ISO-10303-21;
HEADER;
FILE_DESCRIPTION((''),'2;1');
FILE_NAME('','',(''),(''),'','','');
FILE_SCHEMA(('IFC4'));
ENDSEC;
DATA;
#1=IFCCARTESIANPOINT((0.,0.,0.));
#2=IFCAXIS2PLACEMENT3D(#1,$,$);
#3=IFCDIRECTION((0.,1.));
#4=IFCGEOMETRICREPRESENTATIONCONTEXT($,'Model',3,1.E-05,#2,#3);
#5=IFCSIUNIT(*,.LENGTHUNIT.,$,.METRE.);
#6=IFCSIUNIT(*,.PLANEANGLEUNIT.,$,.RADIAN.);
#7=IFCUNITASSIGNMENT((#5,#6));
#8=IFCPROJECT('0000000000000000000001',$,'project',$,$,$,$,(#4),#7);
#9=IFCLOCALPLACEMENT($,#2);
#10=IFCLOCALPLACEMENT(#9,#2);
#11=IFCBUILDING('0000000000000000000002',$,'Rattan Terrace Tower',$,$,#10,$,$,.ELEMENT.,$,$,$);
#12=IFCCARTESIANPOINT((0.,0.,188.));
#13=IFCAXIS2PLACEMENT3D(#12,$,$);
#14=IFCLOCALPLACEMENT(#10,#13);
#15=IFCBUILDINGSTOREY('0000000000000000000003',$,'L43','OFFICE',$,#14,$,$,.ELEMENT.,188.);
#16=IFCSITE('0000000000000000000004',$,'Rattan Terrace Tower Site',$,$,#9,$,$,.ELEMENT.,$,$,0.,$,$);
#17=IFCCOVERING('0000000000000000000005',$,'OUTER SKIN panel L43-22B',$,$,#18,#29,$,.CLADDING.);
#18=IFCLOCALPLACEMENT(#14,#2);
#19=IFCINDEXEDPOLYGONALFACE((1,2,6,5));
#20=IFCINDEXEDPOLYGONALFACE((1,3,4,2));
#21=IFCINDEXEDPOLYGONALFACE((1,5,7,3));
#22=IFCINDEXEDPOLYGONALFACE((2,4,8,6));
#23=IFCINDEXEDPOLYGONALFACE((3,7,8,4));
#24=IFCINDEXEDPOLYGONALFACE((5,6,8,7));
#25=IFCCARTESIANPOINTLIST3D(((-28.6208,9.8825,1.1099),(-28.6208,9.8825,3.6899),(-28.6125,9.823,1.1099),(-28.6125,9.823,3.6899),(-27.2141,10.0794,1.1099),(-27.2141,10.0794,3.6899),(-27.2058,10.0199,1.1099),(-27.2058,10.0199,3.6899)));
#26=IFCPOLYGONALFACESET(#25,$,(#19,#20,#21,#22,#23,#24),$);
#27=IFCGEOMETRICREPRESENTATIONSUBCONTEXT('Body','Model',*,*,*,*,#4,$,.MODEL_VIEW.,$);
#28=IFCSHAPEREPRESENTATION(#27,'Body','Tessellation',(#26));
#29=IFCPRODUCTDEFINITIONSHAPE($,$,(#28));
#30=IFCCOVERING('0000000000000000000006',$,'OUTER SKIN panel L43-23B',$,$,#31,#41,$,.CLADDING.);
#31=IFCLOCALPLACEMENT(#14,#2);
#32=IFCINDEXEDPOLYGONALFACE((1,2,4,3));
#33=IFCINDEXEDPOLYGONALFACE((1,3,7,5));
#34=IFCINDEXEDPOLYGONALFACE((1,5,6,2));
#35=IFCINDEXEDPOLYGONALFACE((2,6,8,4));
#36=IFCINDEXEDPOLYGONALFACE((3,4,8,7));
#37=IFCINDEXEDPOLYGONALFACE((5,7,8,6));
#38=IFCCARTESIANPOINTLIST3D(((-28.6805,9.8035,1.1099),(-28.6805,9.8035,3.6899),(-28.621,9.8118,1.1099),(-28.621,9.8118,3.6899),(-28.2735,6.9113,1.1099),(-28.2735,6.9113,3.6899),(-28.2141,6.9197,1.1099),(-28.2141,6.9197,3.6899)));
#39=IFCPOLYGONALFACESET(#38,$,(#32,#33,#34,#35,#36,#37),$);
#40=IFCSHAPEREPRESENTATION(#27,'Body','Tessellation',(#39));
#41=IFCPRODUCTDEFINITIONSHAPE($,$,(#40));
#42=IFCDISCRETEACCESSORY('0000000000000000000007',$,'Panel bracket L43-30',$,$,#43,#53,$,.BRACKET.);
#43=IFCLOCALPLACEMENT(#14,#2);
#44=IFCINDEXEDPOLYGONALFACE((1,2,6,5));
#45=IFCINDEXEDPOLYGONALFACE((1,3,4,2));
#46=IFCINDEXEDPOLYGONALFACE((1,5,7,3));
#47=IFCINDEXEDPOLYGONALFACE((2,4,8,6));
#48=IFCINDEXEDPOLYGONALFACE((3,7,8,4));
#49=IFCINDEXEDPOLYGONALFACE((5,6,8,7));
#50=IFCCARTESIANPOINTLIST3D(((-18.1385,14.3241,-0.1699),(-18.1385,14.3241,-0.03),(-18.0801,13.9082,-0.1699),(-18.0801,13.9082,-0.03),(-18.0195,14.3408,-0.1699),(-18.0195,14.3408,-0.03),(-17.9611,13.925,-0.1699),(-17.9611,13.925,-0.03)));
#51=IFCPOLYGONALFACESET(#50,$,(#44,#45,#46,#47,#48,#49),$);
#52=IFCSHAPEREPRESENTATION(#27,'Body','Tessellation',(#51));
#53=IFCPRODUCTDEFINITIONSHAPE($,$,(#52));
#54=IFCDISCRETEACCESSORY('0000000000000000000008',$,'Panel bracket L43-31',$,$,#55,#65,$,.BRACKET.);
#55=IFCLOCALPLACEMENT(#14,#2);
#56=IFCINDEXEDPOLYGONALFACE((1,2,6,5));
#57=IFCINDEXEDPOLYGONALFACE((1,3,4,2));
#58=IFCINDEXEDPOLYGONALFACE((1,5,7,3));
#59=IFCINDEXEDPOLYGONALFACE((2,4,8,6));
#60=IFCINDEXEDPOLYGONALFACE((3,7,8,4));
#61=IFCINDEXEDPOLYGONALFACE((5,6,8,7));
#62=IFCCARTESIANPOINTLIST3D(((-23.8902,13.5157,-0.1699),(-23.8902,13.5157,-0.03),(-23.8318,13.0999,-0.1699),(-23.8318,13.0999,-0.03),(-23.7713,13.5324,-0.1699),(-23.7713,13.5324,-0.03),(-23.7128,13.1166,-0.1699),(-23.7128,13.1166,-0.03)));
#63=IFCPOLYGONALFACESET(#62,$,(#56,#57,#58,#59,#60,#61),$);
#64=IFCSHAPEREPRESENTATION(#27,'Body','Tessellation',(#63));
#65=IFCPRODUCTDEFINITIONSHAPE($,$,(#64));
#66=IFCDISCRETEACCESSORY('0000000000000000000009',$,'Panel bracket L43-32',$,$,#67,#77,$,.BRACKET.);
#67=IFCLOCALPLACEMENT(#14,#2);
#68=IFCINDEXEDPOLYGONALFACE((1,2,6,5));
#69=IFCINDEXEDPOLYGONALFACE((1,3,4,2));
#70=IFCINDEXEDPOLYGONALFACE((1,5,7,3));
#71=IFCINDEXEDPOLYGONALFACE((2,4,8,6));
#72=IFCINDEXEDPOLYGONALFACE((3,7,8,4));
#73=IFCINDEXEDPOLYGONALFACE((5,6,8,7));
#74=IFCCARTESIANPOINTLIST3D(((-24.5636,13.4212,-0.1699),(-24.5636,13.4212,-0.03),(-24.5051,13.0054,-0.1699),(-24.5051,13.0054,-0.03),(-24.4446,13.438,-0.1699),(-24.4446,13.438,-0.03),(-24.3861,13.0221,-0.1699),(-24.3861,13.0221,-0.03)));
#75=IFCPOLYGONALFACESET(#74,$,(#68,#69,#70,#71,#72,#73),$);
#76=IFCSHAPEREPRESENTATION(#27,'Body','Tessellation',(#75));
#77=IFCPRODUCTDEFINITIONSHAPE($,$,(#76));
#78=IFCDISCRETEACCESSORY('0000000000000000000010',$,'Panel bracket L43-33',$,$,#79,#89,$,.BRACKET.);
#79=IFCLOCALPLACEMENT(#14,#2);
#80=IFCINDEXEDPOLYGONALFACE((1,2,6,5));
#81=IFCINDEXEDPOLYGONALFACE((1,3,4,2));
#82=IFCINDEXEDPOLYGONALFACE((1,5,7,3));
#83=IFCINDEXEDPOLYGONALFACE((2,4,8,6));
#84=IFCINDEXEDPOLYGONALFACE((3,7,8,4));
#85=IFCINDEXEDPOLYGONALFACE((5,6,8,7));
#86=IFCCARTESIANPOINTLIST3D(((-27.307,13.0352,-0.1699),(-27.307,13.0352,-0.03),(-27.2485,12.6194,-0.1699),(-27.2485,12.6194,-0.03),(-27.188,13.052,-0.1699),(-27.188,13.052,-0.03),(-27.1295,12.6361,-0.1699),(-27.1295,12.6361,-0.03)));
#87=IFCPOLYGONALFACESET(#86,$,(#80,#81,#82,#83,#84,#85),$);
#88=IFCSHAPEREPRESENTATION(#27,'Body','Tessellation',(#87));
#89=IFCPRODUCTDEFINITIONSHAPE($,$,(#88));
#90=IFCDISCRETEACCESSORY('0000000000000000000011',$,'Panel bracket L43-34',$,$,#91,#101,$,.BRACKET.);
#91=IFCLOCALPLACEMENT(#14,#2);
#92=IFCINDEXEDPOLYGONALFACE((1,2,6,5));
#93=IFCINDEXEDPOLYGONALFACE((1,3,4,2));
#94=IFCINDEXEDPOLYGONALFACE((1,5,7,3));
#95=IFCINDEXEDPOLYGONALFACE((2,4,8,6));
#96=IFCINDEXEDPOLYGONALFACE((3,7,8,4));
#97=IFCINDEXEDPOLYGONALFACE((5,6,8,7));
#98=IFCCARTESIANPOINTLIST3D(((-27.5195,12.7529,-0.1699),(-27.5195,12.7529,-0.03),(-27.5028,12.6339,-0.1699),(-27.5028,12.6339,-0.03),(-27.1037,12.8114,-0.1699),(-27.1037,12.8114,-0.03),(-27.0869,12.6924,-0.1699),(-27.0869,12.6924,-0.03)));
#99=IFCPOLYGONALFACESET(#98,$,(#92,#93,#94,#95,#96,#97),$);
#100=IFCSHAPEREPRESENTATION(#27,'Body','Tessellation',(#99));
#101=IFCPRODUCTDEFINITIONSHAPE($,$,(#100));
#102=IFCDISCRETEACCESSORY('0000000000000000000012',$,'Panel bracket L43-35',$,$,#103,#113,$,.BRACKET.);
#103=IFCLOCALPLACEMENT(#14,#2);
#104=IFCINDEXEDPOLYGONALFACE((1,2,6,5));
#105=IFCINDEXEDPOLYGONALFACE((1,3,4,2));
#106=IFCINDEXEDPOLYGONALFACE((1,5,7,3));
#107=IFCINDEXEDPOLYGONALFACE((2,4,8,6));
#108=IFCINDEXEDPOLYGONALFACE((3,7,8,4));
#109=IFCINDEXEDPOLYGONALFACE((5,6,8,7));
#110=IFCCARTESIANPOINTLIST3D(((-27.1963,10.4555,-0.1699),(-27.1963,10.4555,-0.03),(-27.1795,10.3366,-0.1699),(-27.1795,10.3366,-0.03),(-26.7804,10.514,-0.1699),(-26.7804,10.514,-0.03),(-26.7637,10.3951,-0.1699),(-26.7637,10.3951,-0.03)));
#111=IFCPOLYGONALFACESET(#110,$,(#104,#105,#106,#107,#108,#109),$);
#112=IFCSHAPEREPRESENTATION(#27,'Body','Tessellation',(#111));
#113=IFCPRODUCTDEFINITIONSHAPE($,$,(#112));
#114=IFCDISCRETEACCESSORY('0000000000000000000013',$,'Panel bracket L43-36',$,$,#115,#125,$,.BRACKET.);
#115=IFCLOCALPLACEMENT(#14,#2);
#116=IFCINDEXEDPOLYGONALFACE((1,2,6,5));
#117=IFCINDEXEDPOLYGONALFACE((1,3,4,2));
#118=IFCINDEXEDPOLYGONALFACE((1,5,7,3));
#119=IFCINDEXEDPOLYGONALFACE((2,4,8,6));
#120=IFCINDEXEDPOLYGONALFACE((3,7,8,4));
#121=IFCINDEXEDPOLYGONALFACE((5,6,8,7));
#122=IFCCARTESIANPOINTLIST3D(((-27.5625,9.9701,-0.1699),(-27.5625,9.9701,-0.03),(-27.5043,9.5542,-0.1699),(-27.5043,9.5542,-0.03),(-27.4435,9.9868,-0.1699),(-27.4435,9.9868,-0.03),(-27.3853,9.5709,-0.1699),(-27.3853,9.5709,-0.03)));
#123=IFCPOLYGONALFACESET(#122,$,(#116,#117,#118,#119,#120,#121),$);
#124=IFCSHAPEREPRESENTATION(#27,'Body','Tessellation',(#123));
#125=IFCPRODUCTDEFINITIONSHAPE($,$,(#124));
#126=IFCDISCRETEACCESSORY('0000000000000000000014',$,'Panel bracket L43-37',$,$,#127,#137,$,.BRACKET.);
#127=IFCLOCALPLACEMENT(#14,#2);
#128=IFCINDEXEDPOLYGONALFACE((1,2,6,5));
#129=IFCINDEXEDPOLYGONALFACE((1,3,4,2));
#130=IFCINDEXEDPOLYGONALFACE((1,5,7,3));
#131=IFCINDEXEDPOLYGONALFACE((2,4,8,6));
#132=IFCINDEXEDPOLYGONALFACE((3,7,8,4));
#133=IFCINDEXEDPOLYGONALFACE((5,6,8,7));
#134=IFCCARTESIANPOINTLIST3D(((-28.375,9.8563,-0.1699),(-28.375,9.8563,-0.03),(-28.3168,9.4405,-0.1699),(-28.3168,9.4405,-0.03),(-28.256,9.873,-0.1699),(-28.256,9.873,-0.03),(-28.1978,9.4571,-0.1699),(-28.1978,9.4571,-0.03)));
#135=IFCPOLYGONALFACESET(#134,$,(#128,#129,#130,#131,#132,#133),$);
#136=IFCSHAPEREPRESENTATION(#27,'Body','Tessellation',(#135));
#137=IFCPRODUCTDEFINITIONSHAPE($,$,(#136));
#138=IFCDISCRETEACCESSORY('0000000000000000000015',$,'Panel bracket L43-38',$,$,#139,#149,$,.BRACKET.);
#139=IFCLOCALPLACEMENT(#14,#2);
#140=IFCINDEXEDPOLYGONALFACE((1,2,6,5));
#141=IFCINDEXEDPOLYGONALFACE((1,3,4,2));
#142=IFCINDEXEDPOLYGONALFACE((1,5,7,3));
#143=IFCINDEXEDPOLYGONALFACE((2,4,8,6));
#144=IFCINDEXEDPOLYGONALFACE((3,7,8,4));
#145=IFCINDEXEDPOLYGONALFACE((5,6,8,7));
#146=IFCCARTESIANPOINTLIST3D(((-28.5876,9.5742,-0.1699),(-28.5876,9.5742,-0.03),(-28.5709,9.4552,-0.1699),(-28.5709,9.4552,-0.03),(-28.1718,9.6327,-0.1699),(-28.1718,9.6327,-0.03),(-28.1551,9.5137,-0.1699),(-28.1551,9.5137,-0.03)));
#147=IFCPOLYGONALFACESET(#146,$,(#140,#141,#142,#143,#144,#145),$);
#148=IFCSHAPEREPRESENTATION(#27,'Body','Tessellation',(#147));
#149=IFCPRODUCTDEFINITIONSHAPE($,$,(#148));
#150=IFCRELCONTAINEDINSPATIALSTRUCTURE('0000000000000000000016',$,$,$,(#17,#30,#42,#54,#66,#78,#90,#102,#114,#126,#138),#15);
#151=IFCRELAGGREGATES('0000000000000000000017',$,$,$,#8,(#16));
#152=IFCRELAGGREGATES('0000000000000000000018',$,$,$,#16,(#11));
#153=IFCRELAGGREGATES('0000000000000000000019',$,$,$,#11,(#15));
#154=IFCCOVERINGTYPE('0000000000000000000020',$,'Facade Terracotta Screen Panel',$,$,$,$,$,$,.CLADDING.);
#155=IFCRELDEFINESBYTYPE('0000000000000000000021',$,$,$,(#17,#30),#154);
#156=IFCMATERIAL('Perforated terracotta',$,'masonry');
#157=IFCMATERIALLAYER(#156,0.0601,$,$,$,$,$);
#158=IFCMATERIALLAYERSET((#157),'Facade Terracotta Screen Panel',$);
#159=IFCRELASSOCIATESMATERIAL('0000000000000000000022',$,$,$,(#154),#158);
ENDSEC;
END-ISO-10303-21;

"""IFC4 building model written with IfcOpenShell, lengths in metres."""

from ifc_helpers import new_model, si_unit, direction, frame, origin, origin_2d, place, context, subcontext, project, spatial, rectangle, extrude, material, layer, layer_set, type_object, element, save


model = new_model("IFC4")

# Units and contexts
model_context = context("Model", 3, precision=1e-05, world=origin(), true_north=direction((0.0, 1.0)))
body_context = subcontext(model_context, "Body", "Model", "MODEL_VIEW")
ifc_project = project(units=[si_unit("LENGTHUNIT", "METRE"), si_unit("PLANEANGLEUNIT", "RADIAN")], contexts=[model_context])

# Site, building, storey
site_placement = place(None, origin())
site = spatial("IfcSite", under=ifc_project, at=site_placement, Name="Rattan Terrace Tower Site", CompositionType="ELEMENT", RefElevation=0.0)
building_placement = place(site_placement, origin())
building = spatial("IfcBuilding", under=site, at=building_placement, Name="Rattan Terrace Tower", CompositionType="ELEMENT")
storey_placement = place(building_placement, frame((0.0, 0.0, 188.0)))
storey = spatial("IfcBuildingStorey", under=building, at=storey_placement, Name="L43", Description="OFFICE", CompositionType="ELEMENT", Elevation=188.0)

# Coverings
ifc_material_1 = material(Name="Perforated terracotta", Category="masonry")
ifc_layer_1 = layer(ifc_material_1, 0.0601)
ifc_layer_set_1 = layer_set([ifc_layer_1], Name="Facade Terracotta Screen Panel")
covering_type_1 = type_object("IfcCoveringType", Name="Facade Terracotta Screen Panel", PredefinedType="CLADDING", material=ifc_layer_set_1)
covering_1_placement = place(storey_placement, frame((-27.9133, 9.9512, 1.1099), z_axis=(0.0, 0.0, 1.0), x_axis=(-0.990345, -0.138622, 0.0)))
element("IfcCovering", 1, at=covering_1_placement, inside=storey, type_object=covering_type_1, Name="OUTER SKIN panel L43-22B", PredefinedType="CLADDING", context=body_context, shape_type="SweptSolid", body=[
    extrude(rectangle(XDim=1.4204, YDim=0.0601, at=origin_2d()), origin(), (0.0, 0.0, 1.0), 2.5801),
])
covering_2_placement = place(storey_placement, frame((-28.4473, 8.3616, 1.1099), z_axis=(0.0, 0.0, 1.0), x_axis=(0.139321, -0.990247, 0.0)))
element("IfcCovering", 2, at=covering_2_placement, inside=storey, type_object=covering_type_1, Name="OUTER SKIN panel L43-23B", PredefinedType="CLADDING", context=body_context, shape_type="SweptSolid", body=[
    extrude(rectangle(XDim=2.9207, YDim=0.0601, at=origin_2d()), origin(), (0.0, 0.0, 1.0), 2.5801),
])

# Discrete accessories
for number, where, z_axis, x_axis, name in (
    (3, (-18.0498, 14.1245, -0.1699), (0.0, 0.0, 1.0), (-0.99027, -0.139161, 0.0), "Panel bracket L43-30"),
    (4, (-23.8015, 13.3162, -0.1699), (0.0, 0.0, 1.0), (-0.99027, -0.139161, 0.0), "Panel bracket L43-31"),
    (5, (-24.4749, 13.2217, -0.1699), (0.0, 0.0, 1.0), (-0.990247, -0.139321, 0.0), "Panel bracket L43-32"),
    (6, (-27.2183, 12.8357, -0.1699), (0.0, 0.0, 1.0), (-0.990247, -0.139321, 0.0), "Panel bracket L43-33"),
    (7, (-27.3032, 12.7227, -0.1699), (0.0, 0.0, 1.0), (0.139321, -0.990247, 0.0), "Panel bracket L43-34"),
    (8, (-26.98, 10.4253, -0.1699), (0.0, 0.0, 1.0), (0.139321, -0.990247, 0.0), "Panel bracket L43-35"),
    (9, (-27.4739, 9.7705, -0.1699), (0.0, 0.0, 1.0), (-0.990345, -0.138622, 0.0), "Panel bracket L43-36"),
    (10, (-28.2864, 9.6567, -0.1699), (0.0, 0.0, 1.0), (-0.990345, -0.138622, 0.0), "Panel bracket L43-37"),
    (11, (-28.3713, 9.5439, -0.1699), (0.0, 0.0, 1.0), (0.139321, -0.990247, 0.0), "Panel bracket L43-38"),
):
    element("IfcDiscreteAccessory", number, at=place(storey_placement, frame(where, z_axis=z_axis, x_axis=x_axis)), inside=storey, Name=name, PredefinedType="BRACKET", context=body_context, shape_type="SweptSolid", body=[
        extrude(rectangle(XDim=0.1201, YDim=0.4199, at=origin_2d()), origin(), (0.0, 0.0, 1.0), 0.1399),
    ])

save(model, "model.ifc")
